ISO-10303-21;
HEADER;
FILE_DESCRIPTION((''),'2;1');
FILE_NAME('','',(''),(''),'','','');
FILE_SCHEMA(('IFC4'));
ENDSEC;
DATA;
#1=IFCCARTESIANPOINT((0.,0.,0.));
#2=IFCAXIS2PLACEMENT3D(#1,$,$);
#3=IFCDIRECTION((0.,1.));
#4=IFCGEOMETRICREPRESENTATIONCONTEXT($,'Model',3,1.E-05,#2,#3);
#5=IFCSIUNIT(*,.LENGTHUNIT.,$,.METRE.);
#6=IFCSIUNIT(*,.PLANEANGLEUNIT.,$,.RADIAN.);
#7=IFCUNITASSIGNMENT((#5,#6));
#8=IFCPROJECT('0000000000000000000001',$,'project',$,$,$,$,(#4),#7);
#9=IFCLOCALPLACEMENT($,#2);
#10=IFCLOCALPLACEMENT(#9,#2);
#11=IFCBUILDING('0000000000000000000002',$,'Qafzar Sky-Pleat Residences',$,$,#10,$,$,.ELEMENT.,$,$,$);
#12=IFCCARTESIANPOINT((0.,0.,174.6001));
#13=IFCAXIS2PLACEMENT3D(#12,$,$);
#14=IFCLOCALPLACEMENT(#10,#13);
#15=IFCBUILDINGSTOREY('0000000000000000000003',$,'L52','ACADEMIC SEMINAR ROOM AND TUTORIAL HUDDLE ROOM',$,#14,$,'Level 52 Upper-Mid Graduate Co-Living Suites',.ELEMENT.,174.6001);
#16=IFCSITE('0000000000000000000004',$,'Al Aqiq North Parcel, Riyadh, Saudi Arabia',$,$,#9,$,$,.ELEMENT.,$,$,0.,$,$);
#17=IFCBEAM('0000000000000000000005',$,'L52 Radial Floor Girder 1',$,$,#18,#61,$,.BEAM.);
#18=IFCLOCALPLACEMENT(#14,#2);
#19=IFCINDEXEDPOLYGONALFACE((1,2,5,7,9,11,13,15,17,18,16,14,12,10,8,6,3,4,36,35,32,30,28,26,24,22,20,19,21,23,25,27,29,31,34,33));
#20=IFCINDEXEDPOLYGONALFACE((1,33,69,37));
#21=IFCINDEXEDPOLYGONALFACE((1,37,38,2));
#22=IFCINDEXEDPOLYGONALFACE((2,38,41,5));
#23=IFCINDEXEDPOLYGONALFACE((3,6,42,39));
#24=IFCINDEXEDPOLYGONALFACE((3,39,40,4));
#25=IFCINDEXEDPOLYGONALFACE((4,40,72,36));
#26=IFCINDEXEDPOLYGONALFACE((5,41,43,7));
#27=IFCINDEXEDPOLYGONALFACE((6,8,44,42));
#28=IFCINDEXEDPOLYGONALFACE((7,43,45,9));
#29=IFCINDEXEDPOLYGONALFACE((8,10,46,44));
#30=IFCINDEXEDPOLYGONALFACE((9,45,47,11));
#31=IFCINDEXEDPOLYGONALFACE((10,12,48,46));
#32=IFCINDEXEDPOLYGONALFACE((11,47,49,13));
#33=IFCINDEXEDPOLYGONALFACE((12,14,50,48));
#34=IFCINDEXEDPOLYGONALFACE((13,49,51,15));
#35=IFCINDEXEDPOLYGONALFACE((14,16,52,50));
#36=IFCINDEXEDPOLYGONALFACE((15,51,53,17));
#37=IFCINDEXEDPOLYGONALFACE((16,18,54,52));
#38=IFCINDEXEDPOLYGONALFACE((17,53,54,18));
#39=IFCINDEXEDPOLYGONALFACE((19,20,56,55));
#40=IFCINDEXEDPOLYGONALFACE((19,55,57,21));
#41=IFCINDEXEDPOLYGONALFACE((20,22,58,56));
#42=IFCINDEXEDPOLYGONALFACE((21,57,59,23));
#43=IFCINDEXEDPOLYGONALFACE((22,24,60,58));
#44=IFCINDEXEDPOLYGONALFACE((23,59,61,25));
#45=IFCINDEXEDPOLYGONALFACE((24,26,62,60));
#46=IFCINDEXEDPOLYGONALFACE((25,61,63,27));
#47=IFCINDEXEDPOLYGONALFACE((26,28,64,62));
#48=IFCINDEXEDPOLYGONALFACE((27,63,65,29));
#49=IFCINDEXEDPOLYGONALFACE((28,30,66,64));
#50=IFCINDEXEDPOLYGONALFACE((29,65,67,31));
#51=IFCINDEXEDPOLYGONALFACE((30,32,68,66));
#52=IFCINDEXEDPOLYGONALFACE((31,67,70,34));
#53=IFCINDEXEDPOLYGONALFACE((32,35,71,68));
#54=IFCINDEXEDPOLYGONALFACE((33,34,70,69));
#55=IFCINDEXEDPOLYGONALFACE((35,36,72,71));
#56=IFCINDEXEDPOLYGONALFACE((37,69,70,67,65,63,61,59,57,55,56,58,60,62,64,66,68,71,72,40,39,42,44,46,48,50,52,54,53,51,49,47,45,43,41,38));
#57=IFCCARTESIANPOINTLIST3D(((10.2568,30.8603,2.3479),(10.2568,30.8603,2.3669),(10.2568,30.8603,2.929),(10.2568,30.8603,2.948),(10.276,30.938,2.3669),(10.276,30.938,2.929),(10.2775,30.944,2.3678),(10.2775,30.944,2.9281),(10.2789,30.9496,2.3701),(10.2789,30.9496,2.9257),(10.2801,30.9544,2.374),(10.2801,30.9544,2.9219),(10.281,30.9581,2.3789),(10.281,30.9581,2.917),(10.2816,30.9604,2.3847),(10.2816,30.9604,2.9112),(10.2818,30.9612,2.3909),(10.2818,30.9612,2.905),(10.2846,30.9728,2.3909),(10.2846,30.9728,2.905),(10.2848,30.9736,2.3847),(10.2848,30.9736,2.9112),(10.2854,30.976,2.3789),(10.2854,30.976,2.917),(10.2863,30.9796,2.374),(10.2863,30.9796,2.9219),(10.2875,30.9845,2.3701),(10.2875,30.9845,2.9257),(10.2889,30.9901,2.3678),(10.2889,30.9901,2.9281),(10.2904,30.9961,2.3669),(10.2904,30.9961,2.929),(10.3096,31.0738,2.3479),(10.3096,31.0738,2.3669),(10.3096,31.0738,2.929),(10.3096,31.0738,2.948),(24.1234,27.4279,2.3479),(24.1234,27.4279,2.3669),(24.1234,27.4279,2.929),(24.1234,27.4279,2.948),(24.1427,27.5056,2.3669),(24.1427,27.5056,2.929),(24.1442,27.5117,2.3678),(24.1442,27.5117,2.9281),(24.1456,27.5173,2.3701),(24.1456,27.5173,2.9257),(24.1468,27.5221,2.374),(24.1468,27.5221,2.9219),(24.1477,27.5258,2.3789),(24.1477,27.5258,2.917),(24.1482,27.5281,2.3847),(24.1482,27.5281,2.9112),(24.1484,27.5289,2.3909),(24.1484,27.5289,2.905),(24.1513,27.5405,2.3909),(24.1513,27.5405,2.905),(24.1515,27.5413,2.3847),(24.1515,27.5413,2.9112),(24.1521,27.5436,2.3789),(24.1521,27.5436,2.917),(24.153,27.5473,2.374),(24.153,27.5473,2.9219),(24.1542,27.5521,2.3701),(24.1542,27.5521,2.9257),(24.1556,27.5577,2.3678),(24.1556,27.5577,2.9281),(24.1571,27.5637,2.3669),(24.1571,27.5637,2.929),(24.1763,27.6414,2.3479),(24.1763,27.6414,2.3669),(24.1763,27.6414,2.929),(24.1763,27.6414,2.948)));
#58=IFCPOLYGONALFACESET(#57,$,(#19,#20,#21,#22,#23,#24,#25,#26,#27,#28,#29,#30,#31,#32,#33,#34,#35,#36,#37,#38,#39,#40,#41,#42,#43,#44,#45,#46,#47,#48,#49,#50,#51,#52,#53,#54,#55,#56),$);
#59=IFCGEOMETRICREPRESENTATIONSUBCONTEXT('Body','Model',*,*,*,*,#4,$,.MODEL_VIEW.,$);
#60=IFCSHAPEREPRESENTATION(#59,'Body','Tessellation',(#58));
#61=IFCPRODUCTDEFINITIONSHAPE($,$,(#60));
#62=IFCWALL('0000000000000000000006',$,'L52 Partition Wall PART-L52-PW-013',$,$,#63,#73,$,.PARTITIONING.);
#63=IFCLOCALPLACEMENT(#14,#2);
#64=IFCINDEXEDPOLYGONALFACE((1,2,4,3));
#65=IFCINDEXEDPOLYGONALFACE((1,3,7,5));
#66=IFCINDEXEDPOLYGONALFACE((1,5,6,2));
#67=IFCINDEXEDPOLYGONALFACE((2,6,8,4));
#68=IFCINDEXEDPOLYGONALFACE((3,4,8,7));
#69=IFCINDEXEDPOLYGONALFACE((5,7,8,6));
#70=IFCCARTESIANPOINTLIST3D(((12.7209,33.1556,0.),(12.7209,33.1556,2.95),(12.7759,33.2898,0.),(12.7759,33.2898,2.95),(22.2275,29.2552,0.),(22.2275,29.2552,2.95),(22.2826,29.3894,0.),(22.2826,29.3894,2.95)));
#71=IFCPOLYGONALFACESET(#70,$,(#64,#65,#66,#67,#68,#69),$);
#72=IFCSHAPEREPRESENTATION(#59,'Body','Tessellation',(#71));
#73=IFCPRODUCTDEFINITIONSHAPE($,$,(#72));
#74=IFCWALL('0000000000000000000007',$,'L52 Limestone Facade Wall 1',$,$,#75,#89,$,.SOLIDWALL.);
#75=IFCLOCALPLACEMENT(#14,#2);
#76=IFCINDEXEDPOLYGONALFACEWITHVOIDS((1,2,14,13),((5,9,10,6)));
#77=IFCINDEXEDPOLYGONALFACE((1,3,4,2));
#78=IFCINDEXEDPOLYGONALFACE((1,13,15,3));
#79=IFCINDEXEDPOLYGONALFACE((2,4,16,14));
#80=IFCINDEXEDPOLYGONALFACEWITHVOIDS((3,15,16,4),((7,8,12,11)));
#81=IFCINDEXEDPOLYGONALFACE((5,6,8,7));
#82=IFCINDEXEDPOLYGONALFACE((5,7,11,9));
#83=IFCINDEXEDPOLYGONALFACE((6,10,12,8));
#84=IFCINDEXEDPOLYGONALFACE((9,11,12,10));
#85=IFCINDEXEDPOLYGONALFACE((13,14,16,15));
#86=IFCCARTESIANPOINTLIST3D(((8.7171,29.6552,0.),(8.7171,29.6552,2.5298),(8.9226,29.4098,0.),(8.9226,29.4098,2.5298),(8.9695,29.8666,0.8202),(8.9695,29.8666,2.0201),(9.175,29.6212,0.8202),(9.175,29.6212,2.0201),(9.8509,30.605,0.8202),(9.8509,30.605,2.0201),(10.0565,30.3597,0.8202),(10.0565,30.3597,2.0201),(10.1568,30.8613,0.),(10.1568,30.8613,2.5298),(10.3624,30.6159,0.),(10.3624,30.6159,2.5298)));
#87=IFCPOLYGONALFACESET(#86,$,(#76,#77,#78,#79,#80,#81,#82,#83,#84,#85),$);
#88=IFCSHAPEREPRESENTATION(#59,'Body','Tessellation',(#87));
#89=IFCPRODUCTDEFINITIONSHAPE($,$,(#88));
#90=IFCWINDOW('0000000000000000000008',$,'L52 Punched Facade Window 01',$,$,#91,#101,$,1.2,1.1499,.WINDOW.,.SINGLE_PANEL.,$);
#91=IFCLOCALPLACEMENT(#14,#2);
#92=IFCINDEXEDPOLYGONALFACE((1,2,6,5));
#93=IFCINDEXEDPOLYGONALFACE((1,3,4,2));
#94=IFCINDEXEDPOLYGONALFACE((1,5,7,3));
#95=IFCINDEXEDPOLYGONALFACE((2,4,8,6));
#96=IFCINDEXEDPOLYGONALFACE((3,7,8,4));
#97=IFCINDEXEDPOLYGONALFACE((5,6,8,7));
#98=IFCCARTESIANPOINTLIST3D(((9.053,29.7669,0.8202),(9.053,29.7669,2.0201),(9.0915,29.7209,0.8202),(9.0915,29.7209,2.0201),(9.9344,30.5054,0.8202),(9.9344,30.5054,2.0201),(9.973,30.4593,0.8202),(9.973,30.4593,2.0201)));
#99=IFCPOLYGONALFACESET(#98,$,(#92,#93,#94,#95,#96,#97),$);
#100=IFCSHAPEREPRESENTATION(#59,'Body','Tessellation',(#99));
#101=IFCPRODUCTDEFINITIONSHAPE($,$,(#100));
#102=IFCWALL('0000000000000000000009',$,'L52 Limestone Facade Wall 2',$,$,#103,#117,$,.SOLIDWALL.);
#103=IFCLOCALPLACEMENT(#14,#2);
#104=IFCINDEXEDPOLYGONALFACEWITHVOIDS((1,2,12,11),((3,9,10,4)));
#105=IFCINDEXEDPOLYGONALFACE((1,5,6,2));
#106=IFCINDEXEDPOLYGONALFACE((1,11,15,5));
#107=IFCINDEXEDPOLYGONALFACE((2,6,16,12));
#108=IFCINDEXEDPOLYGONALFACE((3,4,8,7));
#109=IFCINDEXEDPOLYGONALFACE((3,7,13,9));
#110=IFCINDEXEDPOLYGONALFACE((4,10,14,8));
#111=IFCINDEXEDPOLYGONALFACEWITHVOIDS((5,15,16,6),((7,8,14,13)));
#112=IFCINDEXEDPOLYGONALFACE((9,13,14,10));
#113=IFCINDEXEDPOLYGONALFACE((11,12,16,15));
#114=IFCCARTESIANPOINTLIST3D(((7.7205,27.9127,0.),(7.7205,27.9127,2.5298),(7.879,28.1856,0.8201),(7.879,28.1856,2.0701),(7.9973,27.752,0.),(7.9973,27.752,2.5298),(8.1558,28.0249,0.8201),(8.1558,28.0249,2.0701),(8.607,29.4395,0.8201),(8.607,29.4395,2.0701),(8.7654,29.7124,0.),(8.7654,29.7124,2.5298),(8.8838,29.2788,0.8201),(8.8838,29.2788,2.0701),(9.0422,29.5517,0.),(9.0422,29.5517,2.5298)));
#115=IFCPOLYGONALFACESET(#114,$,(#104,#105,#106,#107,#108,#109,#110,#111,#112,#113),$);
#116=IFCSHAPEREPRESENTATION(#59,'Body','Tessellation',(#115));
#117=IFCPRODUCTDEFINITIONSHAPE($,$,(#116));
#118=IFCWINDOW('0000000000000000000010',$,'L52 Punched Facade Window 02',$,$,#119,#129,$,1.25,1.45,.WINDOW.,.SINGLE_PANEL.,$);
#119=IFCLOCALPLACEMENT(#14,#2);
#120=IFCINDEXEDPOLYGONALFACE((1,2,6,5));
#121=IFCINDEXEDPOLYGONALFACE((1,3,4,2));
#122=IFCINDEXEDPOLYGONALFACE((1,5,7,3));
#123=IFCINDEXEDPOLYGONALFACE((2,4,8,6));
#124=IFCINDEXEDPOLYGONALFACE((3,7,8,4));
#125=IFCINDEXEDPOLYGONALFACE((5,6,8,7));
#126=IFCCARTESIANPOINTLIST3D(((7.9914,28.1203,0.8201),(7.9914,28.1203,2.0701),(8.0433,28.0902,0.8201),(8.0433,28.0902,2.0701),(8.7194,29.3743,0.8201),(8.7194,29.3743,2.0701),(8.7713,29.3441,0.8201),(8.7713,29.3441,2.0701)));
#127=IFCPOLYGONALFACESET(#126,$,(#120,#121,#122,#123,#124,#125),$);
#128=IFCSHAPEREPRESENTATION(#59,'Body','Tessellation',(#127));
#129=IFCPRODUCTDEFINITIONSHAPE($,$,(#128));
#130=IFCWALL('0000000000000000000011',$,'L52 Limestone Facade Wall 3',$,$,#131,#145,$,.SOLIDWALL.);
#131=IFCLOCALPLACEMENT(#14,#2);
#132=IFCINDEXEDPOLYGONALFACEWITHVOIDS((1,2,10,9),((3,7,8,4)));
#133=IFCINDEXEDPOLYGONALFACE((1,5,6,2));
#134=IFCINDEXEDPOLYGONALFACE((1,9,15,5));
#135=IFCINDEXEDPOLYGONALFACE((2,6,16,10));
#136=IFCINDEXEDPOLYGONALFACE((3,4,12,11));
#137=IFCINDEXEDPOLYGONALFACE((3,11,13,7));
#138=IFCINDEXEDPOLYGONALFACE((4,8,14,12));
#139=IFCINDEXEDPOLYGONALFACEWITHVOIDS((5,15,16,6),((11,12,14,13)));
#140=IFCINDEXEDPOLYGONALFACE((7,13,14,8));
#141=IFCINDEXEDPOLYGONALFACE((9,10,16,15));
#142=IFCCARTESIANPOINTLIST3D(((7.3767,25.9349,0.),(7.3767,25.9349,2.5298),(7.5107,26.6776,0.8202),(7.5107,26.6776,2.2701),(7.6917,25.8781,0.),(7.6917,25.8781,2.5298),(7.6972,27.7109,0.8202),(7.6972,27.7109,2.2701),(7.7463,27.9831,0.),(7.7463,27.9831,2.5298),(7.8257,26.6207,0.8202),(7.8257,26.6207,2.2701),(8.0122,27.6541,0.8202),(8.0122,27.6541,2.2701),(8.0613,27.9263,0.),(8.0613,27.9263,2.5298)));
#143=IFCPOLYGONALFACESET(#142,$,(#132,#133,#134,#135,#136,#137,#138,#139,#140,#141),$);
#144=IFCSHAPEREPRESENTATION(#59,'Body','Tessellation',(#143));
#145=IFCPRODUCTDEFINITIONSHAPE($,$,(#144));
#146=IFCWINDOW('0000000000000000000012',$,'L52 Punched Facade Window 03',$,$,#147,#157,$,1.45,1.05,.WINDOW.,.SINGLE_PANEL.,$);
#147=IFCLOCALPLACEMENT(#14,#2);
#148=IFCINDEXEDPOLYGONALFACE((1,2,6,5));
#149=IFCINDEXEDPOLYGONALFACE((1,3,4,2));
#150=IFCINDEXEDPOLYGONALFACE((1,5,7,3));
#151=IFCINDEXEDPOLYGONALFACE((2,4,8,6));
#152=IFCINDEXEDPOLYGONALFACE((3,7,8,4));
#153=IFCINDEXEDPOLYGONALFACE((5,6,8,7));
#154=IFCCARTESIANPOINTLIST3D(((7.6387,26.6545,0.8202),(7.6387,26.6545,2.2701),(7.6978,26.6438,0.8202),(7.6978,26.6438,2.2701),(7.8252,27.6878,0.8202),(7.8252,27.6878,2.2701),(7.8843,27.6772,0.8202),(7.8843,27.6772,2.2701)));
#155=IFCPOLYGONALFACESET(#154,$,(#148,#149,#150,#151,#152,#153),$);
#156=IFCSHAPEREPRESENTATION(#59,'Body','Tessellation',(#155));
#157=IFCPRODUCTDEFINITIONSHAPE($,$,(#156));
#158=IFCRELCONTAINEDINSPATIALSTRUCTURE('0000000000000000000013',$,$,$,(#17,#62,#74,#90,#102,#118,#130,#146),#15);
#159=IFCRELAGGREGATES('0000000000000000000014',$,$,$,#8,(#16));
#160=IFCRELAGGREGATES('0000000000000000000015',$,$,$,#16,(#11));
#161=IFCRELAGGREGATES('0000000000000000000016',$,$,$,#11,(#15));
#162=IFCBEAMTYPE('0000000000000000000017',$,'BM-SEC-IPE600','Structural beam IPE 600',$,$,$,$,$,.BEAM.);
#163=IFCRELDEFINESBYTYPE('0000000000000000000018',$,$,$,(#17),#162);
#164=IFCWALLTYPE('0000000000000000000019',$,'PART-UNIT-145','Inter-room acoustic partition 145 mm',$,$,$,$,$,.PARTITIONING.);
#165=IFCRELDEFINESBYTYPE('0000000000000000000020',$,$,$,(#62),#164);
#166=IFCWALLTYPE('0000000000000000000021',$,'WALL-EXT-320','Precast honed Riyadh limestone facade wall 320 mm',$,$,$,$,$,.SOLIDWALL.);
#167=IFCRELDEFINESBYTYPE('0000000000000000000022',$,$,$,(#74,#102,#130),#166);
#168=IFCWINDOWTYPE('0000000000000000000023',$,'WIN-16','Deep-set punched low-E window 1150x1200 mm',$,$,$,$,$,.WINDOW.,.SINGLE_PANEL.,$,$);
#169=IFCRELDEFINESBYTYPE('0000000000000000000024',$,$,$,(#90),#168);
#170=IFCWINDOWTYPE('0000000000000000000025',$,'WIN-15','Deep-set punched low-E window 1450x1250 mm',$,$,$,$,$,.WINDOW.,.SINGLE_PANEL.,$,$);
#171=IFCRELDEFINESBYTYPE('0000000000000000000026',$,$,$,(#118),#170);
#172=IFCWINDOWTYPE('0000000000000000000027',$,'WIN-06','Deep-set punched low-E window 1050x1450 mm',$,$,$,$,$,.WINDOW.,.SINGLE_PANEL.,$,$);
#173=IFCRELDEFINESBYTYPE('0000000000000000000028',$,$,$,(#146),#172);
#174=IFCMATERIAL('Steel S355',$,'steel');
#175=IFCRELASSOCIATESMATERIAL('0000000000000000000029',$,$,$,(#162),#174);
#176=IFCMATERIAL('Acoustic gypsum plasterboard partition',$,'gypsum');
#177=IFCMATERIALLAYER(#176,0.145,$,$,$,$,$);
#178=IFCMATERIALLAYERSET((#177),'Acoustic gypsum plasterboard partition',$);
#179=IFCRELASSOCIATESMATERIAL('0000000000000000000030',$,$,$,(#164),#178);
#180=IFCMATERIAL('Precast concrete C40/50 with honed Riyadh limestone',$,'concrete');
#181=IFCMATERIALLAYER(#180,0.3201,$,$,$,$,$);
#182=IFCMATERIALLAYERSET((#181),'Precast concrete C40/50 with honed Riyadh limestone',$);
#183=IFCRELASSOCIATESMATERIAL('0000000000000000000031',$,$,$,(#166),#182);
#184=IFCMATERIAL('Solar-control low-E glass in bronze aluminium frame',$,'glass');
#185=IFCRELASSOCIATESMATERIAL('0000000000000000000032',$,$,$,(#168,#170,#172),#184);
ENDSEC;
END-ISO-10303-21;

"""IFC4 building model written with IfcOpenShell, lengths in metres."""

from ifc_helpers import new_model, si_unit, direction, frame, frame_2d, origin, origin_2d, place, context, subcontext, project, spatial, rectangle, i_section, extrude, source, transform, mapped, material, layer, layer_set, material_profile, profile_set, type_object, element, fill, save


model = new_model("IFC4")

# Units and contexts
model_context = context("Model", 3, precision=1e-05, world=origin(), true_north=direction((0.0, 1.0)))
body_context = subcontext(model_context, "Body", "Model", "MODEL_VIEW")
ifc_project = project(units=[si_unit("LENGTHUNIT", "METRE"), si_unit("PLANEANGLEUNIT", "RADIAN")], contexts=[model_context])

# Site, building, storey
site_placement = place(None, origin())
site = spatial("IfcSite", under=ifc_project, at=site_placement, Name="Al Aqiq North Parcel, Riyadh, Saudi Arabia", CompositionType="ELEMENT", RefElevation=0.0)
building_placement = place(site_placement, origin())
building = spatial("IfcBuilding", under=site, at=building_placement, Name="Qafzar Sky-Pleat Residences", CompositionType="ELEMENT")
storey_placement = place(building_placement, frame((0.0, 0.0, 174.6001)))
storey = spatial("IfcBuildingStorey", under=building, at=storey_placement, Name="L52", Description="ACADEMIC SEMINAR ROOM AND TUTORIAL HUDDLE ROOM", LongName="Level 52 Upper-Mid Graduate Co-Living Suites", CompositionType="ELEMENT", Elevation=174.6001)

# Shared definitions
ifc_material_1 = material(Name="Steel S355", Category="steel")

# Beam
ifc_material_profile_1 = material_profile(ifc_material_1, i_section(OverallWidth=0.22, OverallDepth=0.6001, WebThickness=0.012, FlangeThickness=0.019, FilletRadius=0.0239, at=origin_2d()), Name="IPE 600")
ifc_profile_set_1 = profile_set([ifc_material_profile_1], Name="Steel S355")
beam_type_1 = type_object("IfcBeamType", Name="BM-SEC-IPE600", Description="Structural beam IPE 600", PredefinedType="BEAM", material=ifc_profile_set_1)
shared_shape_1 = source(origin(), body_context, "Body", "SweptSolid", [
    extrude(i_section(OverallWidth=0.22, OverallDepth=0.6001, WebThickness=0.012, FlangeThickness=0.019, FilletRadius=0.0239, at=origin_2d()), origin(), (0.0, 0.0, 1.0), 14.2852),
])
beam_1_placement = place(storey_placement, frame((10.2832, 30.967, 2.6479), z_axis=(0.970705, -0.240275, 0.0), x_axis=(0.240275, 0.970705, 0.0)))
element("IfcBeam", 1, at=beam_1_placement, inside=storey, type_object=beam_type_1, Name="L52 Radial Floor Girder 1", PredefinedType="BEAM", context=body_context, shape_type="MappedRepresentation", body=[
    mapped(shared_shape_1, transform((0.0, 0.0, 0.0), x_axis=(1.0, 0.0, 0.0), y_axis=(0.0, 1.0, 0.0), z_axis=(0.0, 0.0, 1.0), scale=1.0)),
])

# Wall
ifc_material_2 = material(Name="Acoustic gypsum plasterboard partition", Category="gypsum")
ifc_layer_1 = layer(ifc_material_2, 0.145)
ifc_layer_set_1 = layer_set([ifc_layer_1], Name="Acoustic gypsum plasterboard partition")
wall_type_1 = type_object("IfcWallType", Name="PART-UNIT-145", Description="Inter-room acoustic partition 145 mm", PredefinedType="PARTITIONING", material=ifc_layer_set_1)
wall_1_placement = place(storey_placement, frame((12.7485, 33.2227, 0.0), z_axis=(0.0, 0.0, 1.0), x_axis=(0.92516, -0.379577, 0.0)))
element("IfcWall", 2, at=wall_1_placement, inside=storey, type_object=wall_type_1, Name="L52 Partition Wall PART-L52-PW-013", PredefinedType="PARTITIONING", context=body_context, shape_type="SweptSolid", body=[
    extrude(rectangle(XDim=10.2756, YDim=0.145, at=frame_2d((5.1377, 0.0))), origin(), (0.0, 0.0, 1.0), 2.95),
])

# Walls, openings, windows
ifc_material_3 = material(Name="Precast concrete C40/50 with honed Riyadh limestone", Category="concrete")
ifc_layer_2 = layer(ifc_material_3, 0.3201)
ifc_layer_set_2 = layer_set([ifc_layer_2], Name="Precast concrete C40/50 with honed Riyadh limestone")
wall_type_2 = type_object("IfcWallType", Name="WALL-EXT-320", Description="Precast honed Riyadh limestone facade wall 320 mm", PredefinedType="SOLIDWALL", material=ifc_layer_set_2)
wall_2_placement = place(storey_placement, frame((10.2595, 30.7385, 0.0), z_axis=(0.0, 0.0, 1.0), x_axis=(-0.766567, -0.642164, 0.0)))
wall_2 = element("IfcWall", 3, at=wall_2_placement, inside=storey, type_object=wall_type_2, Name="L52 Limestone Facade Wall 1", PredefinedType="SOLIDWALL", context=body_context, shape_type="SweptSolid", body=[
    extrude(rectangle(XDim=1.8782, YDim=0.3201, at=frame_2d((0.939, 0.0))), origin(), (0.0, 0.0, 1.0), 2.5298),
])
opening_1_placement = place(wall_2_placement, frame((0.3989, 0.0, 0.8201)))
opening_1 = element("IfcOpeningElement", 4, at=opening_1_placement, cuts=wall_2, PredefinedType="OPENING", context=body_context, shape_type="SweptSolid", body=[
    extrude(rectangle(XDim=1.1499, YDim=1.2, at=frame_2d((0.575, 0.6001))), frame((0.0, 0.1699, 0.0), z_axis=(0.0, -1.0, 0.0), x_axis=(1.0, 0.0, 0.0)), (0.0, 0.0, 1.0), 0.3401),
])
ifc_material_4 = material(Name="Solar-control low-E glass in bronze aluminium frame", Category="glass")
window_type_1 = type_object("IfcWindowType", Name="WIN-16", Description="Deep-set punched low-E window 1150x1200 mm", PartitioningType="SINGLE_PANEL", PredefinedType="WINDOW", material=ifc_material_4)
shared_shape_2 = source(origin(), body_context, "Body", "SweptSolid", [
    extrude(rectangle(XDim=1.1499, YDim=1.2, at=frame_2d((0.575, 0.6001))), frame((0.0, 0.03, 0.0), z_axis=(0.0, -1.0, 0.0), x_axis=(1.0, 0.0, 0.0)), (0.0, 0.0, 1.0), 0.0601),
])
window_1_placement = place(opening_1_placement, origin())
window_1 = element("IfcWindow", 5, at=window_1_placement, inside=storey, type_object=window_type_1, Name="L52 Punched Facade Window 01", OverallHeight=1.2, OverallWidth=1.1499, PartitioningType="SINGLE_PANEL", PredefinedType="WINDOW", context=body_context, shape_type="MappedRepresentation", body=[
    mapped(shared_shape_2, transform((0.0, 0.0, 0.0), x_axis=(1.0, 0.0, 0.0), y_axis=(0.0, 1.0, 0.0), z_axis=(0.0, 0.0, 1.0), scale=1.0)),
])
fill(opening_1, window_1)
wall_3_placement = place(storey_placement, frame((8.9038, 29.6321, 0.0), z_axis=(0.0, 0.0, 1.0), x_axis=(-0.50209, -0.864815, 0.0)))
wall_3 = element("IfcWall", 6, at=wall_3_placement, inside=storey, type_object=wall_type_2, Name="L52 Limestone Facade Wall 2", PredefinedType="SOLIDWALL", context=body_context, shape_type="SweptSolid", body=[
    extrude(rectangle(XDim=2.0811, YDim=0.3201, at=frame_2d((1.0405, 0.0))), origin(), (0.0, 0.0, 1.0), 2.5298),
])
opening_2_placement = place(wall_3_placement, frame((0.3154, 0.0, 0.8201)))
opening_2 = element("IfcOpeningElement", 7, at=opening_2_placement, cuts=wall_3, PredefinedType="OPENING", context=body_context, shape_type="SweptSolid", body=[
    extrude(rectangle(XDim=1.45, YDim=1.25, at=frame_2d((0.7251, 0.625))), frame((0.0, 0.1699, 0.0), z_axis=(0.0, -1.0, 0.0), x_axis=(1.0, 0.0, 0.0)), (0.0, 0.0, 1.0), 0.3401),
])
window_type_2 = type_object("IfcWindowType", Name="WIN-15", Description="Deep-set punched low-E window 1450x1250 mm", PartitioningType="SINGLE_PANEL", PredefinedType="WINDOW", material=ifc_material_4)
shared_shape_3 = source(origin(), body_context, "Body", "SweptSolid", [
    extrude(rectangle(XDim=1.45, YDim=1.25, at=frame_2d((0.7251, 0.625))), frame((0.0, 0.03, 0.0), z_axis=(0.0, -1.0, 0.0), x_axis=(1.0, 0.0, 0.0)), (0.0, 0.0, 1.0), 0.0601),
])
window_2_placement = place(opening_2_placement, origin())
window_2 = element("IfcWindow", 8, at=window_2_placement, inside=storey, type_object=window_type_2, Name="L52 Punched Facade Window 02", OverallHeight=1.25, OverallWidth=1.45, PartitioningType="SINGLE_PANEL", PredefinedType="WINDOW", context=body_context, shape_type="MappedRepresentation", body=[
    mapped(shared_shape_3, transform((0.0, 0.0, 0.0), x_axis=(1.0, 0.0, 0.0), y_axis=(0.0, 1.0, 0.0), z_axis=(0.0, 0.0, 1.0), scale=1.0)),
])
fill(opening_2, window_2)
wall_4_placement = place(storey_placement, frame((7.9038, 27.9546, 0.0), z_axis=(0.0, 0.0, 1.0), x_axis=(-0.177605, -0.984102, 0.0)))
wall_4 = element("IfcWall", 9, at=wall_4_placement, inside=storey, type_object=wall_type_2, Name="L52 Limestone Facade Wall 3", PredefinedType="SOLIDWALL", context=body_context, shape_type="SweptSolid", body=[
    extrude(rectangle(XDim=2.0813, YDim=0.3201, at=frame_2d((1.0405, 0.0))), origin(), (0.0, 0.0, 1.0), 2.5298),
])
opening_3_placement = place(wall_4_placement, frame((0.2766, 0.0, 0.8201)))
opening_3 = element("IfcOpeningElement", 10, at=opening_3_placement, cuts=wall_4, PredefinedType="OPENING", context=body_context, shape_type="SweptSolid", body=[
    extrude(rectangle(XDim=1.05, YDim=1.45, at=frame_2d((0.5249, 0.7251))), frame((0.0, 0.1699, 0.0), z_axis=(0.0, -1.0, 0.0), x_axis=(1.0, 0.0, 0.0)), (0.0, 0.0, 1.0), 0.3401),
])
window_type_3 = type_object("IfcWindowType", Name="WIN-06", Description="Deep-set punched low-E window 1050x1450 mm", PartitioningType="SINGLE_PANEL", PredefinedType="WINDOW", material=ifc_material_4)
shared_shape_4 = source(origin(), body_context, "Body", "SweptSolid", [
    extrude(rectangle(XDim=1.05, YDim=1.45, at=frame_2d((0.5249, 0.7251))), frame((0.0, 0.03, 0.0), z_axis=(0.0, -1.0, 0.0), x_axis=(1.0, 0.0, 0.0)), (0.0, 0.0, 1.0), 0.0601),
])
window_3_placement = place(opening_3_placement, origin())
window_3 = element("IfcWindow", 11, at=window_3_placement, inside=storey, type_object=window_type_3, Name="L52 Punched Facade Window 03", OverallHeight=1.45, OverallWidth=1.05, PartitioningType="SINGLE_PANEL", PredefinedType="WINDOW", context=body_context, shape_type="MappedRepresentation", body=[
    mapped(shared_shape_4, transform((0.0, 0.0, 0.0), x_axis=(1.0, 0.0, 0.0), y_axis=(0.0, 1.0, 0.0), z_axis=(0.0, 0.0, 1.0), scale=1.0)),
])
fill(opening_3, window_3)

save(model, "model.ifc")
